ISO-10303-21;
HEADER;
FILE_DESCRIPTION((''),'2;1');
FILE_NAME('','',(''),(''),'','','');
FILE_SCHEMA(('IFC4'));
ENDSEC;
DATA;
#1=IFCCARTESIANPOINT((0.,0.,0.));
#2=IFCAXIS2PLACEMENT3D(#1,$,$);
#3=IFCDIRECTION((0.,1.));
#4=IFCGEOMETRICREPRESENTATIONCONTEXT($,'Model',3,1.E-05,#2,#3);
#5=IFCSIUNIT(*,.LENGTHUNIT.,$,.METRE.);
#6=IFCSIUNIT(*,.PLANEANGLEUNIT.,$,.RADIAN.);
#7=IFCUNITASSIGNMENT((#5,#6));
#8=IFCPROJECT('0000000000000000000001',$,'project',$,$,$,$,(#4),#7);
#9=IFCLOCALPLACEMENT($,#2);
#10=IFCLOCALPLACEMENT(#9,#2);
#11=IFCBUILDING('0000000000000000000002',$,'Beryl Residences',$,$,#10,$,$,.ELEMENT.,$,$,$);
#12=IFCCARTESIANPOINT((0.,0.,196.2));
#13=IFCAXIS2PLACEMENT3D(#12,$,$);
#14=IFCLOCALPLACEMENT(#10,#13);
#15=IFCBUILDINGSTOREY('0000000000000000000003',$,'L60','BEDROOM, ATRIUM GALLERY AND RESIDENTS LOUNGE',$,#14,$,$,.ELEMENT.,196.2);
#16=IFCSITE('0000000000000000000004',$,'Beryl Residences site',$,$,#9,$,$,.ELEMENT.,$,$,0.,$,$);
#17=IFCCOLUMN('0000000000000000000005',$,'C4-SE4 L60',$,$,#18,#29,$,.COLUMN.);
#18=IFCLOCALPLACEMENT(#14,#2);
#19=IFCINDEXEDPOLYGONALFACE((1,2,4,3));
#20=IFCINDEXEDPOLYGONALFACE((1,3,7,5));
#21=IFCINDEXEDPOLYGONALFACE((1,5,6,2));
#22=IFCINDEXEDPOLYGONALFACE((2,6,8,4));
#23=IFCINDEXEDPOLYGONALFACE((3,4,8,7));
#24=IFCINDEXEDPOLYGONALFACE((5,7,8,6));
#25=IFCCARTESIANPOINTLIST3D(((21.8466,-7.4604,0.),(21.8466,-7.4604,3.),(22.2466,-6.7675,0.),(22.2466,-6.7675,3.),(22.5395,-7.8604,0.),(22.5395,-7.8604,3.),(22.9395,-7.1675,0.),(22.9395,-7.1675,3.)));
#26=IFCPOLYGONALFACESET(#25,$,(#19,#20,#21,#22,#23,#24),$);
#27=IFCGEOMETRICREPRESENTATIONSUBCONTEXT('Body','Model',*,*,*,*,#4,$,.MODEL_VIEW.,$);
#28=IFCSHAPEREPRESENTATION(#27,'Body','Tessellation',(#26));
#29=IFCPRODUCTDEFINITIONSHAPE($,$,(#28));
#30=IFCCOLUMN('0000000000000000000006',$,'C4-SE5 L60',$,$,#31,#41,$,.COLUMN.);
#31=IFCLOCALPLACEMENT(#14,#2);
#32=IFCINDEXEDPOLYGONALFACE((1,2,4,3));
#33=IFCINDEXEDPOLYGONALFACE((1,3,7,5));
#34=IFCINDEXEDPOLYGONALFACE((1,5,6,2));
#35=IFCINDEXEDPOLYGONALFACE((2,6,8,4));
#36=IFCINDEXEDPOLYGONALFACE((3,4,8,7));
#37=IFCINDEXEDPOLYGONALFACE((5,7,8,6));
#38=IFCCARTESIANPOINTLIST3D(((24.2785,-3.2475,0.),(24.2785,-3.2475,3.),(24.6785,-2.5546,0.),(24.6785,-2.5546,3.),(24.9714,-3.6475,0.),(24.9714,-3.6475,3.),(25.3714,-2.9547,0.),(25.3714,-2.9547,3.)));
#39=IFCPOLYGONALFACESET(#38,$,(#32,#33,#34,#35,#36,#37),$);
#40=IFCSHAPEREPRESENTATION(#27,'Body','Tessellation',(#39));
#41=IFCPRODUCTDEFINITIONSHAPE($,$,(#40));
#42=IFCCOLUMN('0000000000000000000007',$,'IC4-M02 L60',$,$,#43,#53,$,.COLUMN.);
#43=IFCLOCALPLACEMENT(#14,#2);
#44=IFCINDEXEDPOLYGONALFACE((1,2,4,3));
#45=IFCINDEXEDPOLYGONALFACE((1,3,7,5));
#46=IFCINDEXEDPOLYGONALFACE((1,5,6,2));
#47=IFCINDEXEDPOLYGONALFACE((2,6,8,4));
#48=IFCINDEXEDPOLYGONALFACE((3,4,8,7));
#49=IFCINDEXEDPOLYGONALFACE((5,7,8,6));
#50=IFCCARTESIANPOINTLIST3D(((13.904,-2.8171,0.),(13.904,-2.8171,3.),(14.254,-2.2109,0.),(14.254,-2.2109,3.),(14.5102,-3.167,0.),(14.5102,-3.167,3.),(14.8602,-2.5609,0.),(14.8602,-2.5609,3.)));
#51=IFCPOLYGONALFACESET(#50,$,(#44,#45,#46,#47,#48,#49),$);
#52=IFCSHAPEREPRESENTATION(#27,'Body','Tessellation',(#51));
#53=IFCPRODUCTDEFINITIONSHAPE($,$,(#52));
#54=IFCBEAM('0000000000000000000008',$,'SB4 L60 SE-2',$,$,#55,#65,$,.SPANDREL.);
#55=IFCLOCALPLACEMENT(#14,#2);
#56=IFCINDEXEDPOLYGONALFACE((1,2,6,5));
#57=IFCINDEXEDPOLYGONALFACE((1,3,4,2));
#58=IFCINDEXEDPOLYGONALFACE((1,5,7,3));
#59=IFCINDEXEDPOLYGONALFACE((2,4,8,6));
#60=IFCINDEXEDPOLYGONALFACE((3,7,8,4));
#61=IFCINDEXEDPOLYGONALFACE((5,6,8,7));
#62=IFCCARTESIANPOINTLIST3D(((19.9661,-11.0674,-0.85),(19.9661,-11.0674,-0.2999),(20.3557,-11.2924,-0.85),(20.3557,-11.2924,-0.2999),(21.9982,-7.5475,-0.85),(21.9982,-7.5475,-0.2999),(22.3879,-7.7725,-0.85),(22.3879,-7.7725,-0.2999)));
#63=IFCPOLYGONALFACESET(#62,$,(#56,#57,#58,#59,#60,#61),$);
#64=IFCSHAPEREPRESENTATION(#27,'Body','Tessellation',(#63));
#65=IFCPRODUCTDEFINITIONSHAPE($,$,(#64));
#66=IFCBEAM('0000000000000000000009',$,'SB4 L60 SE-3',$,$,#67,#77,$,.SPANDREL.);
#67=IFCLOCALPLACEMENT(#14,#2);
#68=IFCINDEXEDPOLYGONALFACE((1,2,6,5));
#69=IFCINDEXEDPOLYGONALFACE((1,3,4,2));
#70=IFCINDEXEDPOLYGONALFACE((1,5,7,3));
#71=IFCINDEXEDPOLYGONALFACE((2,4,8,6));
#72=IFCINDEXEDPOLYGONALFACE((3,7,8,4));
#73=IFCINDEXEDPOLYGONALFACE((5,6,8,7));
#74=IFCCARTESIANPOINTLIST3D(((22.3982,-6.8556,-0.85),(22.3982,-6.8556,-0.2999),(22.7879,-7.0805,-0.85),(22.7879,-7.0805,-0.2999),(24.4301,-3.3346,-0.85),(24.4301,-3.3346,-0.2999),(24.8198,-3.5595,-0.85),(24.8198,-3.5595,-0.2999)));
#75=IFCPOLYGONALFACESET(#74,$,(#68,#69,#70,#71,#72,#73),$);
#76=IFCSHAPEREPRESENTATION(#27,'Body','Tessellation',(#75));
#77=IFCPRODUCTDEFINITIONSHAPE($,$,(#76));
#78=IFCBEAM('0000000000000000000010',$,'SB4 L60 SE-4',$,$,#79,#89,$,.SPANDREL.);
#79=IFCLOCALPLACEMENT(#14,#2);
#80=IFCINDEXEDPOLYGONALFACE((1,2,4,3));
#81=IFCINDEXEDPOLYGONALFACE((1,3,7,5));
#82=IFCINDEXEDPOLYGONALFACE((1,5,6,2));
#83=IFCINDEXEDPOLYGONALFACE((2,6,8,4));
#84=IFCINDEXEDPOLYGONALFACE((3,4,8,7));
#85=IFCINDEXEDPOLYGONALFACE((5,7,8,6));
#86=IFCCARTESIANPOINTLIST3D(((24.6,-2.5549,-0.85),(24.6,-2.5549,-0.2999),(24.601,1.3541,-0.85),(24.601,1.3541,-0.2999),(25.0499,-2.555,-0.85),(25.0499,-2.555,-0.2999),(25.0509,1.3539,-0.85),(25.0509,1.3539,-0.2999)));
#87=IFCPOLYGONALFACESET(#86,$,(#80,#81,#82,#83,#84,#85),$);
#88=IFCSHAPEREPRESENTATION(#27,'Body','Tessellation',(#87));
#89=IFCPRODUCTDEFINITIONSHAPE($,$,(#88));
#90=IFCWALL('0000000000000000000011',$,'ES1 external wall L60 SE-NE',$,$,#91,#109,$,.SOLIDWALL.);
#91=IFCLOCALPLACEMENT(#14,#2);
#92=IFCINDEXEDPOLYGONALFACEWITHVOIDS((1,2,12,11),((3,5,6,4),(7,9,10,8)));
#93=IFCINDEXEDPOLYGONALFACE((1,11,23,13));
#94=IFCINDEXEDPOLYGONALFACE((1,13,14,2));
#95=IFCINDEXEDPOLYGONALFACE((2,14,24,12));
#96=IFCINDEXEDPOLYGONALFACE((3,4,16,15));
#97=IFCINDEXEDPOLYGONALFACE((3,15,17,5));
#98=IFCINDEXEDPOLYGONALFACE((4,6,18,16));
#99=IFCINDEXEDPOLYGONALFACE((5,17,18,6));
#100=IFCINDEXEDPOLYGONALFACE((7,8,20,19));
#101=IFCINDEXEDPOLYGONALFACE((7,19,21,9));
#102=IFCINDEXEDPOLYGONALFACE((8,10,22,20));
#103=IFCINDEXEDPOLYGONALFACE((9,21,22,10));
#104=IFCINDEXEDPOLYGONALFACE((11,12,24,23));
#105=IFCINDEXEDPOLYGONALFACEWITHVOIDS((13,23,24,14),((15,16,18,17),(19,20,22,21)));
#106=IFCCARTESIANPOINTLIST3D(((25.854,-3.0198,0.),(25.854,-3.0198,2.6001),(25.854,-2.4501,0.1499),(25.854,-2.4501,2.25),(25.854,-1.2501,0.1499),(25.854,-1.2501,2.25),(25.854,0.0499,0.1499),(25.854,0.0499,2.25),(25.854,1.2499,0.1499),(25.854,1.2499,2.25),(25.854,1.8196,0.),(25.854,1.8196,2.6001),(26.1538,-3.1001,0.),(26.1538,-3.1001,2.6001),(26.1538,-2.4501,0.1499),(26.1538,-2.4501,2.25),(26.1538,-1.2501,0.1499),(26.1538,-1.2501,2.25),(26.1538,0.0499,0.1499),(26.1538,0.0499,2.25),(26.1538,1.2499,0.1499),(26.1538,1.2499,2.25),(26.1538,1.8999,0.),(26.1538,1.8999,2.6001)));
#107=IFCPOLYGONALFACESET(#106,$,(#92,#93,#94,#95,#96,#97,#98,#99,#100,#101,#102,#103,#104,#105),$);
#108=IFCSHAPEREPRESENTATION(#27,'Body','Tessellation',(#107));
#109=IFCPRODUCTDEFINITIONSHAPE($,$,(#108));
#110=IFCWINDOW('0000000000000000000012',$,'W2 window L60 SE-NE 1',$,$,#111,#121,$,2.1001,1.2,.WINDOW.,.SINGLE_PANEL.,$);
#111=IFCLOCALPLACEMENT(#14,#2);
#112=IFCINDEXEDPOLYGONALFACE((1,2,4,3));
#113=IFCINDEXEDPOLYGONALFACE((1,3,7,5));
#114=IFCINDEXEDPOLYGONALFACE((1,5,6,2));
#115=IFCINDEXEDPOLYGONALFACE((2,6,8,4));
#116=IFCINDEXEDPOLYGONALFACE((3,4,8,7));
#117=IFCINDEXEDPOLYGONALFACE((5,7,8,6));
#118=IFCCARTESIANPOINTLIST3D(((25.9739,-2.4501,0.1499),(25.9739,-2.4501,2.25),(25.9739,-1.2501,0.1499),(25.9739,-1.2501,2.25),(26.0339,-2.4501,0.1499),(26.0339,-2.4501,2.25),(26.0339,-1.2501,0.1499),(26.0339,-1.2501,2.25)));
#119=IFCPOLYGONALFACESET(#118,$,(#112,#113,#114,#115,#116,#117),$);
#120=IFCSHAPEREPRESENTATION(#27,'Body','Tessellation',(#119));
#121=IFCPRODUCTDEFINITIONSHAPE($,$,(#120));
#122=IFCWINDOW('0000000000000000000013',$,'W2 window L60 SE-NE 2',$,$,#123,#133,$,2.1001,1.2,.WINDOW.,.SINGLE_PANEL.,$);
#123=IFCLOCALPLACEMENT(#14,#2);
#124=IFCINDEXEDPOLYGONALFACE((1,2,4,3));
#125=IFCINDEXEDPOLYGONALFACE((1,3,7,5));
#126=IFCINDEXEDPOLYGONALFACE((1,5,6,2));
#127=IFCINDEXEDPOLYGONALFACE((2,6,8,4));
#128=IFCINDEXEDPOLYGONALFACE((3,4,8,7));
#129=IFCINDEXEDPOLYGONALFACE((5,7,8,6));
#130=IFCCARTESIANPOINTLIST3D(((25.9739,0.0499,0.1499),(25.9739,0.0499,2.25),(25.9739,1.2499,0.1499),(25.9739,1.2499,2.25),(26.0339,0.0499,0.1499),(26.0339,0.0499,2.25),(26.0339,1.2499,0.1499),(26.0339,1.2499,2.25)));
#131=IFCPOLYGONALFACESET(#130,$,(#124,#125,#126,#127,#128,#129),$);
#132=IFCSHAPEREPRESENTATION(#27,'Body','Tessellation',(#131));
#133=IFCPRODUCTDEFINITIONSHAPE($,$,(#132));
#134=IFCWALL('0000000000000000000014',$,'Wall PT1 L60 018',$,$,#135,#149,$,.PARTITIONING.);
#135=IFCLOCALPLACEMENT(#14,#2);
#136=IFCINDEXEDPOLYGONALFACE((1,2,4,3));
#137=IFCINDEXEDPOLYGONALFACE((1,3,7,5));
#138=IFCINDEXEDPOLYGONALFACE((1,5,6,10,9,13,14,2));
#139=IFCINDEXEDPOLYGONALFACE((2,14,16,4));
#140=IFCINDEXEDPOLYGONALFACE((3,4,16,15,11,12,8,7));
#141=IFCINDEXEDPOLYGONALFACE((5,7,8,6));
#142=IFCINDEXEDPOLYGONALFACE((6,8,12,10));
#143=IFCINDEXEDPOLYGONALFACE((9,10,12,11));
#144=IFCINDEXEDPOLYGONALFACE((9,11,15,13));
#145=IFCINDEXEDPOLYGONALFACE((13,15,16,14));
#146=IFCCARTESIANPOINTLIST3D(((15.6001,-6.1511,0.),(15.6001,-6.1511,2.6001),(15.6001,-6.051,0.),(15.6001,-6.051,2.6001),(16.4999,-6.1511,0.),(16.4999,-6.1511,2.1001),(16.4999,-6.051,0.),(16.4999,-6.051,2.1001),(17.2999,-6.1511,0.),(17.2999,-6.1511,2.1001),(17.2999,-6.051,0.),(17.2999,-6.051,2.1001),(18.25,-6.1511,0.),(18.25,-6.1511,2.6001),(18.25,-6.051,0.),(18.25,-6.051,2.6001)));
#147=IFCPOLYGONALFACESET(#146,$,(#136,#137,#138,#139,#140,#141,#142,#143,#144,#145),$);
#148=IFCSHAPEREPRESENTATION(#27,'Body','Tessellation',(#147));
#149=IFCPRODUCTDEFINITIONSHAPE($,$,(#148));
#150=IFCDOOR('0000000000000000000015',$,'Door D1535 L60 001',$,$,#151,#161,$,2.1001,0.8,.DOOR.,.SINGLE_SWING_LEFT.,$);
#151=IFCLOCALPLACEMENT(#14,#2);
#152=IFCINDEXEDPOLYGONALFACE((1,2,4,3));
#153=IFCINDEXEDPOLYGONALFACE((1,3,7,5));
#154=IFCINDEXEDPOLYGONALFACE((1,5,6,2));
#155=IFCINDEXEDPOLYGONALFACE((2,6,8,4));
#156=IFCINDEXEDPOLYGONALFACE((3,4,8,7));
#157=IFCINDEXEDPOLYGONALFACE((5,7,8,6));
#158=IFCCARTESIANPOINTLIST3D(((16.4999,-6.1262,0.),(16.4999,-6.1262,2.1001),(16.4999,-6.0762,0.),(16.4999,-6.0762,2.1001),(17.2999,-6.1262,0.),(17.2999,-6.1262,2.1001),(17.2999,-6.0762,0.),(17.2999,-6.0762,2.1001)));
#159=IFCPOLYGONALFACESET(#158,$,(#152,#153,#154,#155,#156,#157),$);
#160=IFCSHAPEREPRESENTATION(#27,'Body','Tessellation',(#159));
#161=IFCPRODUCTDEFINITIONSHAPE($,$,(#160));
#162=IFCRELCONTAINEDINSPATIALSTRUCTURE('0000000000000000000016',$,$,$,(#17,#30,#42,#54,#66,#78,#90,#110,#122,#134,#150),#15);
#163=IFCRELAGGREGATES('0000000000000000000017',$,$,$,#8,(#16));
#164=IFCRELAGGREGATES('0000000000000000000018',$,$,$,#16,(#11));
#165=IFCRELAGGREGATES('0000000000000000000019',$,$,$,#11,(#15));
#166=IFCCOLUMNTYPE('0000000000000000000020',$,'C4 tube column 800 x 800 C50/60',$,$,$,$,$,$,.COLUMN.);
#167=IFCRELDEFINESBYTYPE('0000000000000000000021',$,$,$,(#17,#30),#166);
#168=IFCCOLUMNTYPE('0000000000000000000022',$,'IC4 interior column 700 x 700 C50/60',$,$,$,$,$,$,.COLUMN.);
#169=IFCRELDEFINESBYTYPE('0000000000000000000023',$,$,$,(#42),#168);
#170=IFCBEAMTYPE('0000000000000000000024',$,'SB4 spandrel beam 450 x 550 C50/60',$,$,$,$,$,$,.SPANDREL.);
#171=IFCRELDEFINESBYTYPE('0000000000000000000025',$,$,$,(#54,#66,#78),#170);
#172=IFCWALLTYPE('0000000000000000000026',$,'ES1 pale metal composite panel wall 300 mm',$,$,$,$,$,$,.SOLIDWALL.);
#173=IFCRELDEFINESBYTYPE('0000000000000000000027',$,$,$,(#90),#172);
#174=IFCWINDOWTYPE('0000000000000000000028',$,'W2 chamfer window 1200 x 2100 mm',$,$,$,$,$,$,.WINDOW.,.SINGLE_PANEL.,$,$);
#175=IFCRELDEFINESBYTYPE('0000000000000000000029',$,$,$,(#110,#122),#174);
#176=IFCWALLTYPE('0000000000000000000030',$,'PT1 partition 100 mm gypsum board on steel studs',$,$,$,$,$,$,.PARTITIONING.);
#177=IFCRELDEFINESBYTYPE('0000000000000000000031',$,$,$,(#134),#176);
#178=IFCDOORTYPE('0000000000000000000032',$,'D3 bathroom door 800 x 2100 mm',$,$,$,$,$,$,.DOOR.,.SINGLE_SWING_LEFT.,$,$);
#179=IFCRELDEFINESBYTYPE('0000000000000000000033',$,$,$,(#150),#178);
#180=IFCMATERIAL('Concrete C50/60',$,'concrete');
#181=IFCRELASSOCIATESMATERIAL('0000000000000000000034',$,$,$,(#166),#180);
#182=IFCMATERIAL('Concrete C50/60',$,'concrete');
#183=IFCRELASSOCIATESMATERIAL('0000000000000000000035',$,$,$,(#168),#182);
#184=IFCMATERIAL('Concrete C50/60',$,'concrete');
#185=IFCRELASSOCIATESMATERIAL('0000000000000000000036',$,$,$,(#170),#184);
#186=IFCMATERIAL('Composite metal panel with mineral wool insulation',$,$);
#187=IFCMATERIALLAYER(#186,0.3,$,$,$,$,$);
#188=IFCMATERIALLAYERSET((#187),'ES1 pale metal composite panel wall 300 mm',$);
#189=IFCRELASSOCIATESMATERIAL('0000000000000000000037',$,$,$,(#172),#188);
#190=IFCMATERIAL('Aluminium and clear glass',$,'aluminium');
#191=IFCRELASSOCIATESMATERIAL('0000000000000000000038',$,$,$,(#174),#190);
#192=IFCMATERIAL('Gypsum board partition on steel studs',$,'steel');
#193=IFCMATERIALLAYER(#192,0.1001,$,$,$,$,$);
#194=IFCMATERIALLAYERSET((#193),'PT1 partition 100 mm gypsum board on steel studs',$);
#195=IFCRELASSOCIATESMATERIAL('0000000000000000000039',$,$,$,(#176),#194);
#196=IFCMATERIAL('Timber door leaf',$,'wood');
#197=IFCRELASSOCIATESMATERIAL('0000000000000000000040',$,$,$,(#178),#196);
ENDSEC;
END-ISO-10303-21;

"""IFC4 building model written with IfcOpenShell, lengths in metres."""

from ifc_helpers import new_model, si_unit, direction, frame, frame_2d, origin, origin_2d, place, context, subcontext, project, spatial, polyline, rectangle, outline, extrude, material, layer, layer_set, material_profile, profile_set, type_object, element, fill, save


model = new_model("IFC4")

# Units and contexts
model_context = context("Model", 3, precision=1e-05, world=origin(), true_north=direction((0.0, 1.0)))
body_context = subcontext(model_context, "Body", "Model", "MODEL_VIEW")
ifc_project = project(units=[si_unit("LENGTHUNIT", "METRE"), si_unit("PLANEANGLEUNIT", "RADIAN")], contexts=[model_context])

# Site, building, storey
site_placement = place(None, origin())
site = spatial("IfcSite", under=ifc_project, at=site_placement, Name="Beryl Residences site", CompositionType="ELEMENT", RefElevation=0.0)
building_placement = place(site_placement, origin())
building = spatial("IfcBuilding", under=site, at=building_placement, Name="Beryl Residences", CompositionType="ELEMENT")
storey_placement = place(building_placement, frame((0.0, 0.0, 196.2)))
storey = spatial("IfcBuildingStorey", under=building, at=storey_placement, Name="L60", Description="BEDROOM, ATRIUM GALLERY AND RESIDENTS LOUNGE", CompositionType="ELEMENT", Elevation=196.2)

# Columns
ifc_material_1 = material(Name="Concrete C50/60", Category="concrete")
ifc_material_profile_1 = material_profile(ifc_material_1, rectangle(XDim=0.8, YDim=0.8, at=origin_2d()))
ifc_profile_set_1 = profile_set([ifc_material_profile_1], Name="Concrete C50/60")
column_type_1 = type_object("IfcColumnType", Name="C4 tube column 800 x 800 C50/60", PredefinedType="COLUMN", material=ifc_profile_set_1)
for number, where, z_axis, x_axis, name in (
    (1, (22.3931, -7.314, 0.0), (0.0, 0.0, 1.0), (0.5, 0.866025, 0.0), "C4-SE4 L60"),
    (2, (24.825, -3.1011, 0.0), (0.0, 0.0, 1.0), (0.5, 0.866025, 0.0), "C4-SE5 L60"),
):
    element("IfcColumn", number, at=place(storey_placement, frame(where, z_axis=z_axis, x_axis=x_axis)), inside=storey, type_object=column_type_1, Name=name, PredefinedType="COLUMN", context=body_context, shape_type="SweptSolid", body=[
        extrude(rectangle(XDim=0.8, YDim=0.8, at=origin_2d()), origin(), (0.0, 0.0, 1.0), 3.0),
    ])
ifc_material_2 = material(Name="Concrete C50/60", Category="concrete")
ifc_material_profile_2 = material_profile(ifc_material_2, rectangle(XDim=0.7, YDim=0.7, at=origin_2d()))
ifc_profile_set_2 = profile_set([ifc_material_profile_2], Name="Concrete C50/60")
column_type_2 = type_object("IfcColumnType", Name="IC4 interior column 700 x 700 C50/60", PredefinedType="COLUMN", material=ifc_profile_set_2)
column_placement = place(storey_placement, frame((14.3821, -2.689, 0.0), z_axis=(0.0, 0.0, 1.0), x_axis=(0.5, 0.866025, 0.0)))
element("IfcColumn", 3, at=column_placement, inside=storey, type_object=column_type_2, Name="IC4-M02 L60", PredefinedType="COLUMN", context=body_context, shape_type="SweptSolid", body=[
    extrude(rectangle(XDim=0.7, YDim=0.7, at=origin_2d()), origin(), (0.0, 0.0, 1.0), 3.0),
])

# Beams
ifc_material_3 = material(Name="Concrete C50/60", Category="concrete")
ifc_material_profile_3 = material_profile(ifc_material_3, rectangle(XDim=0.45, YDim=0.55, at=origin_2d()))
ifc_profile_set_3 = profile_set([ifc_material_profile_3], Name="Concrete C50/60")
beam_type = type_object("IfcBeamType", Name="SB4 spandrel beam 450 x 550 C50/60", PredefinedType="SPANDREL", material=ifc_profile_set_3)
beam_1_placement = place(storey_placement, frame((20.1609, -11.1799, -0.575), z_axis=(0.499989, 0.866032, 0.0), x_axis=(-0.866032, 0.499989, 0.0)))
element("IfcBeam", 4, at=beam_1_placement, inside=storey, type_object=beam_type, Name="SB4 L60 SE-2", PredefinedType="SPANDREL", context=body_context, shape_type="SweptSolid", body=[
    extrude(rectangle(XDim=0.45, YDim=0.55, at=origin_2d()), origin(), (0.0, 0.0, 1.0), 4.0645),
])
beam_2_placement = place(storey_placement, frame((22.593, -6.968, -0.575), z_axis=(0.49984, 0.866118, 0.0), x_axis=(-0.866118, 0.49984, 0.0)))
element("IfcBeam", 5, at=beam_2_placement, inside=storey, type_object=beam_type, Name="SB4 L60 SE-3", PredefinedType="SPANDREL", context=body_context, shape_type="SweptSolid", body=[
    extrude(rectangle(XDim=0.45, YDim=0.55, at=origin_2d()), origin(), (0.0, 0.0, 1.0), 4.0652),
])
beam_3_placement = place(storey_placement, frame((24.825, -2.5549, -0.575), z_axis=(0.00025, 1.0, 0.0), x_axis=(-1.0, 0.00025, 0.0)))
element("IfcBeam", 6, at=beam_3_placement, inside=storey, type_object=beam_type, Name="SB4 L60 SE-4", PredefinedType="SPANDREL", context=body_context, shape_type="SweptSolid", body=[
    extrude(rectangle(XDim=0.45, YDim=0.55, at=origin_2d()), origin(), (0.0, 0.0, 1.0), 3.9089),
])

# Wall, openings, windows
ifc_material_4 = material(Name="Composite metal panel with mineral wool insulation")
ifc_layer_1 = layer(ifc_material_4, 0.3)
ifc_layer_set_1 = layer_set([ifc_layer_1], Name="ES1 pale metal composite panel wall 300 mm")
wall_type_1 = type_object("IfcWallType", Name="ES1 pale metal composite panel wall 300 mm", PredefinedType="SOLIDWALL", material=ifc_layer_set_1)
wall_1_placement = place(storey_placement, frame((26.0039, -3.1001, 0.0), z_axis=(0.0, 0.0, 1.0), x_axis=(0.0, 1.0, 0.0)))
wall_1 = element("IfcWall", 7, at=wall_1_placement, inside=storey, type_object=wall_type_1, Name="ES1 external wall L60 SE-NE", PredefinedType="SOLIDWALL", context=body_context, shape_type="SweptSolid", body=[
    extrude(outline(polyline([(0.0, -0.1499), (5.0, -0.1499), (4.9197, 0.1499), (0.0803, 0.1499), (0.0, -0.1499)])), origin(), (0.0, 0.0, 1.0), 2.6001),
])
opening_1_placement = place(wall_1_placement, frame((0.6499, 0.0, 0.1499)))
opening_1 = element("IfcOpeningElement", 8, at=opening_1_placement, cuts=wall_1, PredefinedType="OPENING", context=body_context, shape_type="SweptSolid", body=[
    extrude(rectangle(XDim=1.2, YDim=2.1001, at=frame_2d((0.6001, 1.05))), frame((0.0, 0.1599, 0.0), z_axis=(0.0, -1.0, 0.0), x_axis=(1.0, 0.0, 0.0)), (0.0, 0.0, 1.0), 0.3201),
])
opening_2_placement = place(wall_1_placement, frame((3.1499, 0.0, 0.1499)))
opening_2 = element("IfcOpeningElement", 9, at=opening_2_placement, cuts=wall_1, PredefinedType="OPENING", context=body_context, shape_type="SweptSolid", body=[
    extrude(rectangle(XDim=1.2, YDim=2.1001, at=frame_2d((0.6001, 1.05))), frame((0.0, 0.1599, 0.0), z_axis=(0.0, -1.0, 0.0), x_axis=(1.0, 0.0, 0.0)), (0.0, 0.0, 1.0), 0.3201),
])
ifc_material_5 = material(Name="Aluminium and clear glass", Category="aluminium")
window_type = type_object("IfcWindowType", Name="W2 chamfer window 1200 x 2100 mm", PartitioningType="SINGLE_PANEL", PredefinedType="WINDOW", material=ifc_material_5)
window_1_placement = place(opening_1_placement, origin())
window_1 = element("IfcWindow", 10, at=window_1_placement, inside=storey, type_object=window_type, Name="W2 window L60 SE-NE 1", OverallHeight=2.1001, OverallWidth=1.2, PartitioningType="SINGLE_PANEL", PredefinedType="WINDOW", context=body_context, shape_type="SweptSolid", body=[
    extrude(rectangle(XDim=1.2, YDim=2.1001, at=frame_2d((0.6001, 1.05))), frame((0.0, 0.03, 0.0), z_axis=(0.0, -1.0, 0.0), x_axis=(1.0, 0.0, 0.0)), (0.0, 0.0, 1.0), 0.0601),
])
fill(opening_1, window_1)
window_2_placement = place(opening_2_placement, origin())
window_2 = element("IfcWindow", 11, at=window_2_placement, inside=storey, type_object=window_type, Name="W2 window L60 SE-NE 2", OverallHeight=2.1001, OverallWidth=1.2, PartitioningType="SINGLE_PANEL", PredefinedType="WINDOW", context=body_context, shape_type="SweptSolid", body=[
    extrude(rectangle(XDim=1.2, YDim=2.1001, at=frame_2d((0.6001, 1.05))), frame((0.0, 0.03, 0.0), z_axis=(0.0, -1.0, 0.0), x_axis=(1.0, 0.0, 0.0)), (0.0, 0.0, 1.0), 0.0601),
])
fill(opening_2, window_2)

# Wall, opening, door
ifc_material_6 = material(Name="Gypsum board partition on steel studs", Category="steel")
ifc_layer_2 = layer(ifc_material_6, 0.1001)
ifc_layer_set_2 = layer_set([ifc_layer_2], Name="PT1 partition 100 mm gypsum board on steel studs")
wall_type_2 = type_object("IfcWallType", Name="PT1 partition 100 mm gypsum board on steel studs", PredefinedType="PARTITIONING", material=ifc_layer_set_2)
wall_2_placement = place(storey_placement, frame((15.6001, -6.1011, 0.0), z_axis=(0.0, 0.0, 1.0), x_axis=(1.0, 0.0, 0.0)))
wall_2 = element("IfcWall", 12, at=wall_2_placement, inside=storey, type_object=wall_type_2, Name="Wall PT1 L60 018", PredefinedType="PARTITIONING", context=body_context, shape_type="SweptSolid", body=[
    extrude(rectangle(XDim=2.6499, YDim=0.1001, at=frame_2d((1.325, 0.0))), origin(), (0.0, 0.0, 1.0), 2.6001),
])
opening_3_placement = place(wall_2_placement, frame((0.8999, 0.0, 0.0)))
opening_3 = element("IfcOpeningElement", 13, at=opening_3_placement, cuts=wall_2, PredefinedType="OPENING", context=body_context, shape_type="SweptSolid", body=[
    extrude(rectangle(XDim=0.8, YDim=2.1001, at=frame_2d((0.3999, 1.05))), frame((0.0, 0.0601, 0.0), z_axis=(0.0, -1.0, 0.0), x_axis=(1.0, 0.0, 0.0)), (0.0, 0.0, 1.0), 0.1201),
])
ifc_material_7 = material(Name="Timber door leaf", Category="wood")
door_type_1 = type_object("IfcDoorType", Name="D3 bathroom door 800 x 2100 mm", OperationType="SINGLE_SWING_LEFT", PredefinedType="DOOR", material=ifc_material_7)
door_1_placement = place(opening_3_placement, origin())
door_1 = element("IfcDoor", 14, at=door_1_placement, inside=storey, type_object=door_type_1, Name="Door D1535 L60 001", OperationType="SINGLE_SWING_LEFT", OverallHeight=2.1001, OverallWidth=0.8, PredefinedType="DOOR", context=body_context, shape_type="SweptSolid", body=[
    extrude(rectangle(XDim=0.8, YDim=2.1001, at=frame_2d((0.3999, 1.05))), frame((0.0, 0.0249, 0.0), z_axis=(0.0, -1.0, 0.0), x_axis=(1.0, 0.0, 0.0)), (0.0, 0.0, 1.0), 0.05),
])
fill(opening_3, door_1)

save(model, "model.ifc")
